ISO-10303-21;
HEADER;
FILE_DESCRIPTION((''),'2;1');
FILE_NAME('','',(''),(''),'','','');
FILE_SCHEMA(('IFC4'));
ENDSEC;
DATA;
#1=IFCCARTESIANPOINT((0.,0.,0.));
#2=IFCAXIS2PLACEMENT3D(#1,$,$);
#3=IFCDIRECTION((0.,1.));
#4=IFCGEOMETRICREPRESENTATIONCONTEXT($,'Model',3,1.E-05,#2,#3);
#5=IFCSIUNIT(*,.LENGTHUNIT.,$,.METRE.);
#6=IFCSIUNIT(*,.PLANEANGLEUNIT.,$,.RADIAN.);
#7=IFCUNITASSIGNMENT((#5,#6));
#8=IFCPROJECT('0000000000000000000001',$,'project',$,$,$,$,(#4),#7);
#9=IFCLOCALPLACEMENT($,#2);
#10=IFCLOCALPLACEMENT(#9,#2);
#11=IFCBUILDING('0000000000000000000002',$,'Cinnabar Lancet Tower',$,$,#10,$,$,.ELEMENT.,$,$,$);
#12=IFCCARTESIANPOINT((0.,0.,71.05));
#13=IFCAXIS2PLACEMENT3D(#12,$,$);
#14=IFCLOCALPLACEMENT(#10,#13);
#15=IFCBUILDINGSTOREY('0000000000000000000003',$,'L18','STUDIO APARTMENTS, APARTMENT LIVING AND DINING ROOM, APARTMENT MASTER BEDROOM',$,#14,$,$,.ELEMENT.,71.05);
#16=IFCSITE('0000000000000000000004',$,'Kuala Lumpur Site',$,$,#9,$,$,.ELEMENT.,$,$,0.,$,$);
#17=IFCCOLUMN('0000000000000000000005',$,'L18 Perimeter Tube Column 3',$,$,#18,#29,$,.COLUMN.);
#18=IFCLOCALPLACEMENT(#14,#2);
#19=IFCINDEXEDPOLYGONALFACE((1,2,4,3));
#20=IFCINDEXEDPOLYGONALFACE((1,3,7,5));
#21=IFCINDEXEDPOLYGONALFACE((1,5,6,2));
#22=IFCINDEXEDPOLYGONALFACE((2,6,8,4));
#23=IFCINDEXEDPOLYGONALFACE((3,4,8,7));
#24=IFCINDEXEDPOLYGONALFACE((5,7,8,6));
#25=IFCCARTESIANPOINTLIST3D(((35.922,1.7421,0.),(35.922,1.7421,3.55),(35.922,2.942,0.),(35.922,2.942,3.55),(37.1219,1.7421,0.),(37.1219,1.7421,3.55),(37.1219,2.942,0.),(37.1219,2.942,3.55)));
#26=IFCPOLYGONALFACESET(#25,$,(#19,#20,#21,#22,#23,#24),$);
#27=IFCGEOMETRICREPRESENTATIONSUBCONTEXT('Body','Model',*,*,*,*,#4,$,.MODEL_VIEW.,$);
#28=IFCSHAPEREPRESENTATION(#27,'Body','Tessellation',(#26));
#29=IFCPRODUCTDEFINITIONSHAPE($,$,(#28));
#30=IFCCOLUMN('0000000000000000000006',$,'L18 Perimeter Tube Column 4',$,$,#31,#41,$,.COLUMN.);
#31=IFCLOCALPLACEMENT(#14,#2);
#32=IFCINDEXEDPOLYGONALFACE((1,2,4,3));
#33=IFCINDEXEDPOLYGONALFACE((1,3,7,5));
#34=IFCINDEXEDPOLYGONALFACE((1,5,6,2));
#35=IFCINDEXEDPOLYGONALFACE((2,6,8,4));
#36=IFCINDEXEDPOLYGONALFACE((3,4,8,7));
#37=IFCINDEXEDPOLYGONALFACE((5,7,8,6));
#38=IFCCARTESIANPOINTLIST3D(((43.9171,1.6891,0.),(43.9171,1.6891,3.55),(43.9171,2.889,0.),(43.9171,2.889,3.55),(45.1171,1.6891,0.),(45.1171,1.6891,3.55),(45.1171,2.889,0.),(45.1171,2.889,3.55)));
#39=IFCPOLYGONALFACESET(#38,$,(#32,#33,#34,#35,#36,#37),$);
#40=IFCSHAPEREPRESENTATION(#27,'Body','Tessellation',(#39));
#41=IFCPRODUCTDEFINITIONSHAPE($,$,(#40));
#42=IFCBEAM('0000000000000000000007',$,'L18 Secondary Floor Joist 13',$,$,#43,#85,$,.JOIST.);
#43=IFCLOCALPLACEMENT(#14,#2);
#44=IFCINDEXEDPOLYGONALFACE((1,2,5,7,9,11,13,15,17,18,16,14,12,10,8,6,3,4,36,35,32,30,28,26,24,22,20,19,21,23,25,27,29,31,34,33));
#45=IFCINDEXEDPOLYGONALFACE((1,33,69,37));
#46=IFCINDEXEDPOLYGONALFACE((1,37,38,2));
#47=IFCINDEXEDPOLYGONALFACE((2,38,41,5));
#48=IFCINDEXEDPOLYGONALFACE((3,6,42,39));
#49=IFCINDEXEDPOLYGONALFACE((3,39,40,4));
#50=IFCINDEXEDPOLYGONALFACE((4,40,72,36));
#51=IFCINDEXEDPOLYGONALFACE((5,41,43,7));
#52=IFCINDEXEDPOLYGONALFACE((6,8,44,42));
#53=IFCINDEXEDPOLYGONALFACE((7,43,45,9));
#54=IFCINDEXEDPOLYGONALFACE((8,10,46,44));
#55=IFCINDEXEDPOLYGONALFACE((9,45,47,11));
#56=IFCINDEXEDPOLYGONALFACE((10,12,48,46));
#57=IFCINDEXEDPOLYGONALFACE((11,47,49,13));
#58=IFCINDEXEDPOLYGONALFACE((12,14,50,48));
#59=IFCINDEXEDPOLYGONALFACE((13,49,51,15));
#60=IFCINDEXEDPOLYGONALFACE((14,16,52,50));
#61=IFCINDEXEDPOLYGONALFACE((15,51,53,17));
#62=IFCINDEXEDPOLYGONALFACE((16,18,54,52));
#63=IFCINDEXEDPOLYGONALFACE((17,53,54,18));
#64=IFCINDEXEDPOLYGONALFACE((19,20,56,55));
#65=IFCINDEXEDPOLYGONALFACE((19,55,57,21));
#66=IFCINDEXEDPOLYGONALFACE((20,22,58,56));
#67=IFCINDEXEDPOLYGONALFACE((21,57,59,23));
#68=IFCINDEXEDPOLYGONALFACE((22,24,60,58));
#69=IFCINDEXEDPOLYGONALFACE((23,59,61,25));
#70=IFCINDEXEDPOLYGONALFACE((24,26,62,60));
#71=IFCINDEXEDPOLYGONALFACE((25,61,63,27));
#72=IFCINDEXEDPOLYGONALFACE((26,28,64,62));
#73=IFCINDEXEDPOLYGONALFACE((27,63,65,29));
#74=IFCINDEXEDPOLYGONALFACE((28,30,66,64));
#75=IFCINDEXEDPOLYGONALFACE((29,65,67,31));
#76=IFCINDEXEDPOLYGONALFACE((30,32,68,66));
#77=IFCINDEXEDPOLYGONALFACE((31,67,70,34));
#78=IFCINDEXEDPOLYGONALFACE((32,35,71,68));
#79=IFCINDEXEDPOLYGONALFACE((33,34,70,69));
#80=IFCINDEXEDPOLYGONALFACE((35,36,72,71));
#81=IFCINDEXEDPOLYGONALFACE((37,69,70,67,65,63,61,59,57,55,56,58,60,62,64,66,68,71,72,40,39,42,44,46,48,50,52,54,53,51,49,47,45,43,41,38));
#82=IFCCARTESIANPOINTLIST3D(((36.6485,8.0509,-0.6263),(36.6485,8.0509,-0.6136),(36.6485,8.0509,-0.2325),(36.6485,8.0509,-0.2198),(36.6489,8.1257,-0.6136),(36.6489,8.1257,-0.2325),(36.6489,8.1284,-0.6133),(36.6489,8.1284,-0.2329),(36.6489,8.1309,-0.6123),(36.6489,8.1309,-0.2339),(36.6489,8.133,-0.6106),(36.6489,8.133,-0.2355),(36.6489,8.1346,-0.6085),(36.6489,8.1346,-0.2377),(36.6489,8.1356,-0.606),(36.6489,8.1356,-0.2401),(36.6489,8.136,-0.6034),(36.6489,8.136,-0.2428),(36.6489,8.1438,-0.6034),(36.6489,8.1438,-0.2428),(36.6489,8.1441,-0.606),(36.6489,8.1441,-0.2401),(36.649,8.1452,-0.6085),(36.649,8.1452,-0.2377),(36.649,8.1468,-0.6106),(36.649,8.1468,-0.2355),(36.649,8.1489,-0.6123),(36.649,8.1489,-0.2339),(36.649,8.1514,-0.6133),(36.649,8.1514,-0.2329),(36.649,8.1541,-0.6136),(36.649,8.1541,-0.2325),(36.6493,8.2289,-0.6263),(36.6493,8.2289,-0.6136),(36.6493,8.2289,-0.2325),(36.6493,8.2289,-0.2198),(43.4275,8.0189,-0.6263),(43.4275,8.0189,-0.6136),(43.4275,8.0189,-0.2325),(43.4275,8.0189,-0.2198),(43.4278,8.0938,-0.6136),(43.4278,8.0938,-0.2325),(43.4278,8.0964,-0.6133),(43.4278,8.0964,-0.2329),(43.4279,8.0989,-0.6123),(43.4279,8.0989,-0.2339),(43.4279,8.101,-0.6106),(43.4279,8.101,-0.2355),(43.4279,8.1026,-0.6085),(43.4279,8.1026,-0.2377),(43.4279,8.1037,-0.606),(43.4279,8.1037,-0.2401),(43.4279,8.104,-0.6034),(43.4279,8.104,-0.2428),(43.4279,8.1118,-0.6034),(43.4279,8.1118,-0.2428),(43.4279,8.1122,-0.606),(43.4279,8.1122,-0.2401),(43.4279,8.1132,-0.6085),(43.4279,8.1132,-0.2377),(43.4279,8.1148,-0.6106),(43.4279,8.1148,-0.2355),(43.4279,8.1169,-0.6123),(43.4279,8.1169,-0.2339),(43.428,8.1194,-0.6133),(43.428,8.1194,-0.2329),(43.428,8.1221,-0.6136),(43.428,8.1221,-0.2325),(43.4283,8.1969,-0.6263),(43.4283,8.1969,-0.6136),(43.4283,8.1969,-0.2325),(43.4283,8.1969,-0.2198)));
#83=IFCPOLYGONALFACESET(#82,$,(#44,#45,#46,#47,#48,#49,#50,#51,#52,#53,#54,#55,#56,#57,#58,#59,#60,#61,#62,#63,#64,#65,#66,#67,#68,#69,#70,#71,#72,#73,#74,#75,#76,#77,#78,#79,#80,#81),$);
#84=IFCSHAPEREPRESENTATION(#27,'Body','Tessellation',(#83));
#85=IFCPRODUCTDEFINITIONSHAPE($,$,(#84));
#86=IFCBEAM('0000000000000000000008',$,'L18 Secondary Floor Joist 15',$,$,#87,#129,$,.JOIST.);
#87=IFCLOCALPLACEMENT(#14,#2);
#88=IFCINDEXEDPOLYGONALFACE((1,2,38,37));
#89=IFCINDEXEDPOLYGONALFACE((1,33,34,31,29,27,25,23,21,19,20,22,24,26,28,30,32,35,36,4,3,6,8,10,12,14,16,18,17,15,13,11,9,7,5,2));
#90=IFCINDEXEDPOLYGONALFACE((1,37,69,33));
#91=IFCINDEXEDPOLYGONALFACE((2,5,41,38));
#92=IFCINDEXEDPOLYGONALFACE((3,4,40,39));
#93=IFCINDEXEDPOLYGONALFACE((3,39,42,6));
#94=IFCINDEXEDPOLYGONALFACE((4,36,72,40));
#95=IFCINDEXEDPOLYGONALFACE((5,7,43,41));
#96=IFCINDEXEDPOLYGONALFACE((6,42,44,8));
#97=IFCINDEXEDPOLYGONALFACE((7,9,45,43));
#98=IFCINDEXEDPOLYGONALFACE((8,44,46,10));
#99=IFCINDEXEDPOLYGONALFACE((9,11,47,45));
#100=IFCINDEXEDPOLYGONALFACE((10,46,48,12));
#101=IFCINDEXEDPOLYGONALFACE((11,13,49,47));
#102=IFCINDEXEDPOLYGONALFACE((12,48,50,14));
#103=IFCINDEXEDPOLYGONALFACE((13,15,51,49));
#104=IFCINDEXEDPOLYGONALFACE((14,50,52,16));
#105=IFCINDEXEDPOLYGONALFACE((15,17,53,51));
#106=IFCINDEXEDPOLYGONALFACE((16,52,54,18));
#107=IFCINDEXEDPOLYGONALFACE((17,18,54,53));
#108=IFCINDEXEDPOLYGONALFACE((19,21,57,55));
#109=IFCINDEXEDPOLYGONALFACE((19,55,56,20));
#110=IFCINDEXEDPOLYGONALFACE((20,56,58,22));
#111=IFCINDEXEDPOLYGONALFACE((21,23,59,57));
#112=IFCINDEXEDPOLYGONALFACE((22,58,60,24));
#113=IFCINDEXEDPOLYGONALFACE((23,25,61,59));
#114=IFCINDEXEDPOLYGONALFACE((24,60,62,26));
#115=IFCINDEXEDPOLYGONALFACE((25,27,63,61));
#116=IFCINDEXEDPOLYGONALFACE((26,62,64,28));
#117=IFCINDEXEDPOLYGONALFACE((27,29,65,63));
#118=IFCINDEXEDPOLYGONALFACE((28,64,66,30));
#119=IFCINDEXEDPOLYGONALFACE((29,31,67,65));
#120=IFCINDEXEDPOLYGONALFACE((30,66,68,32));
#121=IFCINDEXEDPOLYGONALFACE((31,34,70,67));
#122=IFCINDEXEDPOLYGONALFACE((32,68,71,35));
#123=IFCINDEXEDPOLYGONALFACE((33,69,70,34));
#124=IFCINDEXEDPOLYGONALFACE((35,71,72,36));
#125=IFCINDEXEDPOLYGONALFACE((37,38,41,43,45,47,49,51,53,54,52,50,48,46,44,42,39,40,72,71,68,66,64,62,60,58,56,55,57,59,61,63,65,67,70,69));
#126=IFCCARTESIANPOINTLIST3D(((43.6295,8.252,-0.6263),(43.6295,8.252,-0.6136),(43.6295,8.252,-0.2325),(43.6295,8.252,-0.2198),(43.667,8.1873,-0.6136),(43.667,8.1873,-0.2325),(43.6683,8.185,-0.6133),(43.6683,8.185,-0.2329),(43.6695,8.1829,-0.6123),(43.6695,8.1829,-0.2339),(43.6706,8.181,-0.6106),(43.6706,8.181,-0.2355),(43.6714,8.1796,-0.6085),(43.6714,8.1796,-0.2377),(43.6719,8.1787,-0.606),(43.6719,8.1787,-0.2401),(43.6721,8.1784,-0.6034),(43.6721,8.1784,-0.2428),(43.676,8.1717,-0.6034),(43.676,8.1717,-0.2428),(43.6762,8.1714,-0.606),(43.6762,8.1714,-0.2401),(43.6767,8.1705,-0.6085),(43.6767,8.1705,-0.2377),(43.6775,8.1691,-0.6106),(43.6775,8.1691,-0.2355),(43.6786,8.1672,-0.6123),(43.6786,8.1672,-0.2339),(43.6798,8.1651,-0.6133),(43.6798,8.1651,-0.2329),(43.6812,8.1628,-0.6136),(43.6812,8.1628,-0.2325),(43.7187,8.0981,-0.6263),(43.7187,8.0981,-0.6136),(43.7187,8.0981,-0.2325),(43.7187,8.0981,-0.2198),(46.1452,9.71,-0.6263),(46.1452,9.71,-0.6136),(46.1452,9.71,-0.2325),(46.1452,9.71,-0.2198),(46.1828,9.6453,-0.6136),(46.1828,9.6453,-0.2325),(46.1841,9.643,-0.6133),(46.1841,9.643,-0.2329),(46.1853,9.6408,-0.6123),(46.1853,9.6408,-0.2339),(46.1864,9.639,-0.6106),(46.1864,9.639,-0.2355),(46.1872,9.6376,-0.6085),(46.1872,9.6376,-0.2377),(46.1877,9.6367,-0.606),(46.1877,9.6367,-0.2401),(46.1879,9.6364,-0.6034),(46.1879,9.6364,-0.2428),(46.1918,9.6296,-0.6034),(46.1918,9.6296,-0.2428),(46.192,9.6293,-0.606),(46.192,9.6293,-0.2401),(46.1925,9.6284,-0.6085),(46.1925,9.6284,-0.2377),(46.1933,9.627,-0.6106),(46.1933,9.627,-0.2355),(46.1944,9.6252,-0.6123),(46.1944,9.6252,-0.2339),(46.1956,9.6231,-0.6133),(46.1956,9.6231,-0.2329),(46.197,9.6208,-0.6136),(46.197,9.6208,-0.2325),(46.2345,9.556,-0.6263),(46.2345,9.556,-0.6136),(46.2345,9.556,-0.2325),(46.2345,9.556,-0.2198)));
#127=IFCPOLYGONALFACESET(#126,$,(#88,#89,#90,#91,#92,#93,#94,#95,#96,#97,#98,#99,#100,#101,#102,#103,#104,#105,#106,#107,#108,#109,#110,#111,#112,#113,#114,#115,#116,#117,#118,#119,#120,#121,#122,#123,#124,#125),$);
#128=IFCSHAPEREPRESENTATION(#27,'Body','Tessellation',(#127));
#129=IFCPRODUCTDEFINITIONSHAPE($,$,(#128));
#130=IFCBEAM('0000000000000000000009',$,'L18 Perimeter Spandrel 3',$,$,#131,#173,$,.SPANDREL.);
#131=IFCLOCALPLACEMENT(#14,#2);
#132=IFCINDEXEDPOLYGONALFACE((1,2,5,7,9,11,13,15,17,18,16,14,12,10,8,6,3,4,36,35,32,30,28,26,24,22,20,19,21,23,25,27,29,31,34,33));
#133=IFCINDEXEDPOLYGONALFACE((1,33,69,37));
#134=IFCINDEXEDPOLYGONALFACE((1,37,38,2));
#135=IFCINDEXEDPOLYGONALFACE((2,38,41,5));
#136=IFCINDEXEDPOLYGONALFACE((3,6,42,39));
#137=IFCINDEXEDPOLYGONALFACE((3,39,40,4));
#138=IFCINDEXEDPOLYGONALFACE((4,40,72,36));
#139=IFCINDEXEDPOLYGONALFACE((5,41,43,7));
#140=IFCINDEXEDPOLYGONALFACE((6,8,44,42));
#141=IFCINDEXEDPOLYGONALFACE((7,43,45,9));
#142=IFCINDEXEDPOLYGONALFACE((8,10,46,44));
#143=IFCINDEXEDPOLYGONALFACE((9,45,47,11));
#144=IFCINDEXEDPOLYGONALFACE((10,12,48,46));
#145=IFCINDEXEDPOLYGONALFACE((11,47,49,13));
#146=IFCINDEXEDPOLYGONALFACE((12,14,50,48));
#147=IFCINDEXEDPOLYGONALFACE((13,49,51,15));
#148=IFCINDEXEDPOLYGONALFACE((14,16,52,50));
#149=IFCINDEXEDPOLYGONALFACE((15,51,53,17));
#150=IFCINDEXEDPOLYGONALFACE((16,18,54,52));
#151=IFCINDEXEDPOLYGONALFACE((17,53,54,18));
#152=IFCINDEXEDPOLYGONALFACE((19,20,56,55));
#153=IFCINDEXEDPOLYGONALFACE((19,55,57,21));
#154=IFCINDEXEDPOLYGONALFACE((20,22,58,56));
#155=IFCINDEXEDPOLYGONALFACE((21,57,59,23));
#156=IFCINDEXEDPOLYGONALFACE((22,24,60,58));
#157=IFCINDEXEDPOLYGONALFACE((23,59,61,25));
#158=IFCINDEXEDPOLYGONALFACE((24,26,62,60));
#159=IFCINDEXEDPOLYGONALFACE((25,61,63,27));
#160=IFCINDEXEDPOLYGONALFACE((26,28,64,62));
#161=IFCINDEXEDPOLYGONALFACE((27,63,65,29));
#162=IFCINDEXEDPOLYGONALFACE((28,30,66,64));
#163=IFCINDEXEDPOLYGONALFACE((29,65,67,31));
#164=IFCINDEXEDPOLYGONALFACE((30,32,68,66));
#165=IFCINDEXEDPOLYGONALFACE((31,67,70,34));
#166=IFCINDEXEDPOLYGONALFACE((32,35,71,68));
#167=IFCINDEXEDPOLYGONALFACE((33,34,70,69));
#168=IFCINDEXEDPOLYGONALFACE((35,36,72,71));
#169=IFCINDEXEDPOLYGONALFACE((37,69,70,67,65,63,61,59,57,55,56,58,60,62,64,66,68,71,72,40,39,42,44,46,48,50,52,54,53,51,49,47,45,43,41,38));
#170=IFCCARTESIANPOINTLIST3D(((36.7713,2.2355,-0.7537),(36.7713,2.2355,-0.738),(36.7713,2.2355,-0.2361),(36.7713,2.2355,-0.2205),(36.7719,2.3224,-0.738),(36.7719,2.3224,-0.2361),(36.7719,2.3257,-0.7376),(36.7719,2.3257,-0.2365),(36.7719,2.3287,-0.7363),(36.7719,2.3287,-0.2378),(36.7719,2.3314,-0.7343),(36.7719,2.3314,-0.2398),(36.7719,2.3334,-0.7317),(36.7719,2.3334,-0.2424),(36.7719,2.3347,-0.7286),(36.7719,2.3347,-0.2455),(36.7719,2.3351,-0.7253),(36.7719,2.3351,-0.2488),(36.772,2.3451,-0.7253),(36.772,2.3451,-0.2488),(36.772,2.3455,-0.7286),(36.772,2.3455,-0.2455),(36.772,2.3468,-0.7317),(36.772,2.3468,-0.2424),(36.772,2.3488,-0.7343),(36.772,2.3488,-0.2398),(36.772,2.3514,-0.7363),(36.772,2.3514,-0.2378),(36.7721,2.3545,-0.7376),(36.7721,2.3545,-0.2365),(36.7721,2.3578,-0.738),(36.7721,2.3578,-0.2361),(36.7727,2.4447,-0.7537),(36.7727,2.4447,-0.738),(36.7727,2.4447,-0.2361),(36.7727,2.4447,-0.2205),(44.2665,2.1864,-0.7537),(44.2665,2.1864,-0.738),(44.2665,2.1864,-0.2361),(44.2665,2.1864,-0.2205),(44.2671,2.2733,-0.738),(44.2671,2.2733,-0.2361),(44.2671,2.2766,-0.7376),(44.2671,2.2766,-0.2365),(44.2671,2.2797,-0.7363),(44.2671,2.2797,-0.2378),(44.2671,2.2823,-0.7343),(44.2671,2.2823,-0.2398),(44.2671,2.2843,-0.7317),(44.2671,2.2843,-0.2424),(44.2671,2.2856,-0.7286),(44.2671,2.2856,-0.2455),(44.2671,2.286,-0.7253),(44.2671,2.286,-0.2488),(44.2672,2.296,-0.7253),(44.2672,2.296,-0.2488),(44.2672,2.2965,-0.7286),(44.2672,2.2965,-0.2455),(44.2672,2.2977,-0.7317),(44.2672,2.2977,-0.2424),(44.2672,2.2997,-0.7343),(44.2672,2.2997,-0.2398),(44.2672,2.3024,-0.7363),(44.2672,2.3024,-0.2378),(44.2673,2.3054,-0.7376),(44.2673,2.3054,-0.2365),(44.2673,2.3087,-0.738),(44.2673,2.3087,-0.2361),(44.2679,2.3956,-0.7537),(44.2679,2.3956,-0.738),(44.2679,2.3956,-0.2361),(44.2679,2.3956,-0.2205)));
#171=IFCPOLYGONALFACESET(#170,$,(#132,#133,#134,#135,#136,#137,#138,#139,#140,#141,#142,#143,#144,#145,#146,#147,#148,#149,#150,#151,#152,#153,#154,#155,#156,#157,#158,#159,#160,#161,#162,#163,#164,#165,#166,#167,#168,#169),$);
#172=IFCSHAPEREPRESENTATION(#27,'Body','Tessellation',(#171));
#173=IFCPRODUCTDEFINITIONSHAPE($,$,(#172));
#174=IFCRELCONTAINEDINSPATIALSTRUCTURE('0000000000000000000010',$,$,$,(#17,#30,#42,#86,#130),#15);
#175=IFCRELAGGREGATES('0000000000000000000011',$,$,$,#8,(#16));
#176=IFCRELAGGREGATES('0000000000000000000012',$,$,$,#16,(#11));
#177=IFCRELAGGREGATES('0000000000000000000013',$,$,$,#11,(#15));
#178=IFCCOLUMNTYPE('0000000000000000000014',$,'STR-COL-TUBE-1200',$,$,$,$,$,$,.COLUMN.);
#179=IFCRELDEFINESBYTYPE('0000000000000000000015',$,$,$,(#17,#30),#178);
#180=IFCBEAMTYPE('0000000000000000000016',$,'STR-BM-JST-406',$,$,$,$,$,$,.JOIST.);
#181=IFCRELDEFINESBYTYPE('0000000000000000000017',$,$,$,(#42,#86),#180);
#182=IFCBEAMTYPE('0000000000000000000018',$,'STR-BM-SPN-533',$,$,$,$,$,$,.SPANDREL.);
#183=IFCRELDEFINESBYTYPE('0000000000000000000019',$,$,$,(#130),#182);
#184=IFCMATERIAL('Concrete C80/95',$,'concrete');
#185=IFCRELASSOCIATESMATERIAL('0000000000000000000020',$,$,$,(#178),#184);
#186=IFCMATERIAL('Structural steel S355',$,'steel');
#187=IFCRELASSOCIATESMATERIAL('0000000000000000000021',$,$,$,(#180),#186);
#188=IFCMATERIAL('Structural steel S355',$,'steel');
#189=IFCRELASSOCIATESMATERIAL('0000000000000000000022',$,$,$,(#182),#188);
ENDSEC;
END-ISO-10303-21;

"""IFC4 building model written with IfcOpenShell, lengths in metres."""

from ifc_helpers import new_model, si_unit, direction, frame, origin, origin_2d, place, context, subcontext, project, spatial, rectangle, i_section, extrude, material, material_profile, profile_set, type_object, element, save


model = new_model("IFC4")

# Units and contexts
model_context = context("Model", 3, precision=1e-05, world=origin(), true_north=direction((0.0, 1.0)))
body_context = subcontext(model_context, "Body", "Model", "MODEL_VIEW")
ifc_project = project(units=[si_unit("LENGTHUNIT", "METRE"), si_unit("PLANEANGLEUNIT", "RADIAN")], contexts=[model_context])

# Site, building, storey
site_placement = place(None, origin())
site = spatial("IfcSite", under=ifc_project, at=site_placement, Name="Kuala Lumpur Site", CompositionType="ELEMENT", RefElevation=0.0)
building_placement = place(site_placement, origin())
building = spatial("IfcBuilding", under=site, at=building_placement, Name="Cinnabar Lancet Tower", CompositionType="ELEMENT")
storey_placement = place(building_placement, frame((0.0, 0.0, 71.05)))
storey = spatial("IfcBuildingStorey", under=building, at=storey_placement, Name="L18", Description="STUDIO APARTMENTS, APARTMENT LIVING AND DINING ROOM, APARTMENT MASTER BEDROOM", CompositionType="ELEMENT", Elevation=71.05)

# Columns
ifc_material_1 = material(Name="Concrete C80/95", Category="concrete")
ifc_material_profile_1 = material_profile(ifc_material_1, rectangle(XDim=1.2, YDim=1.2, at=origin_2d()), Name="RC-COL 1200x1200")
ifc_profile_set_1 = profile_set([ifc_material_profile_1], Name="Concrete C80/95")
column_type = type_object("IfcColumnType", Name="STR-COL-TUBE-1200", PredefinedType="COLUMN", material=ifc_profile_set_1)
for number, where, z_axis, x_axis, name in (
    (1, (36.522, 2.342, 0.0), (0.0, 0.0, 1.0), (1.0, 0.0, 0.0), "L18 Perimeter Tube Column 3"),
    (2, (44.5171, 2.2891, 0.0), (0.0, 0.0, 1.0), (1.0, 0.0, 0.0), "L18 Perimeter Tube Column 4"),
):
    element("IfcColumn", number, at=place(storey_placement, frame(where, z_axis=z_axis, x_axis=x_axis)), inside=storey, type_object=column_type, Name=name, PredefinedType="COLUMN", context=body_context, shape_type="SweptSolid", body=[
        extrude(rectangle(XDim=1.2, YDim=1.2, at=origin_2d()), origin(), (0.0, 0.0, 1.0), 3.55),
    ])

# Beams
ifc_material_2 = material(Name="Structural steel S355", Category="steel")
ifc_material_profile_2 = material_profile(ifc_material_2, i_section(OverallWidth=0.178, OverallDepth=0.4065, WebThickness=0.0078, FlangeThickness=0.0127, FilletRadius=0.0103, at=origin_2d()), Name="UKB 406x178x60")
ifc_profile_set_2 = profile_set([ifc_material_profile_2], Name="Structural steel S355")
beam_type_1 = type_object("IfcBeamType", Name="STR-BM-JST-406", PredefinedType="JOIST", material=ifc_profile_set_2)
beam_1_placement = place(storey_placement, frame((36.6489, 8.1399, -0.4231), z_axis=(0.999989, -0.004718, 0.0), x_axis=(0.004718, 0.999989, 0.0)))
element("IfcBeam", 3, at=beam_1_placement, inside=storey, type_object=beam_type_1, Name="L18 Secondary Floor Joist 13", PredefinedType="JOIST", context=body_context, shape_type="SweptSolid", body=[
    extrude(i_section(OverallWidth=0.178, OverallDepth=0.4065, WebThickness=0.0078, FlangeThickness=0.0127, FilletRadius=0.0103, at=origin_2d()), origin(), (0.0, 0.0, 1.0), 6.7791),
])
beam_2_placement = place(storey_placement, frame((43.6741, 8.175, -0.4231), z_axis=(0.86521, 0.50141, 0.0), x_axis=(-0.50141, 0.86521, 0.0)))
element("IfcBeam", 4, at=beam_2_placement, inside=storey, type_object=beam_type_1, Name="L18 Secondary Floor Joist 15", PredefinedType="JOIST", context=body_context, shape_type="SweptSolid", body=[
    extrude(i_section(OverallWidth=0.178, OverallDepth=0.4065, WebThickness=0.0078, FlangeThickness=0.0127, FilletRadius=0.0103, at=origin_2d()), origin(), (0.0, 0.0, 1.0), 2.9077),
])
ifc_material_3 = material(Name="Structural steel S355", Category="steel")
ifc_material_profile_3 = material_profile(ifc_material_3, i_section(OverallWidth=0.2092, OverallDepth=0.5332, WebThickness=0.01, FlangeThickness=0.0156, FilletRadius=0.0127, at=origin_2d()), Name="UKB 533x210x92")
ifc_profile_set_3 = profile_set([ifc_material_profile_3], Name="Structural steel S355")
beam_type_2 = type_object("IfcBeamType", Name="STR-BM-SPN-533", PredefinedType="SPANDREL", material=ifc_profile_set_3)
beam_3_placement = place(storey_placement, frame((36.772, 2.3401, -0.4871), z_axis=(0.999979, -0.006547, 0.0), x_axis=(0.006547, 0.999979, 0.0)))
element("IfcBeam", 5, at=beam_3_placement, inside=storey, type_object=beam_type_2, Name="L18 Perimeter Spandrel 3", PredefinedType="SPANDREL", context=body_context, shape_type="SweptSolid", body=[
    extrude(i_section(OverallWidth=0.2092, OverallDepth=0.5332, WebThickness=0.01, FlangeThickness=0.0156, FilletRadius=0.0127, at=origin_2d()), origin(), (0.0, 0.0, 1.0), 7.4954),
])

save(model, "model.ifc")
